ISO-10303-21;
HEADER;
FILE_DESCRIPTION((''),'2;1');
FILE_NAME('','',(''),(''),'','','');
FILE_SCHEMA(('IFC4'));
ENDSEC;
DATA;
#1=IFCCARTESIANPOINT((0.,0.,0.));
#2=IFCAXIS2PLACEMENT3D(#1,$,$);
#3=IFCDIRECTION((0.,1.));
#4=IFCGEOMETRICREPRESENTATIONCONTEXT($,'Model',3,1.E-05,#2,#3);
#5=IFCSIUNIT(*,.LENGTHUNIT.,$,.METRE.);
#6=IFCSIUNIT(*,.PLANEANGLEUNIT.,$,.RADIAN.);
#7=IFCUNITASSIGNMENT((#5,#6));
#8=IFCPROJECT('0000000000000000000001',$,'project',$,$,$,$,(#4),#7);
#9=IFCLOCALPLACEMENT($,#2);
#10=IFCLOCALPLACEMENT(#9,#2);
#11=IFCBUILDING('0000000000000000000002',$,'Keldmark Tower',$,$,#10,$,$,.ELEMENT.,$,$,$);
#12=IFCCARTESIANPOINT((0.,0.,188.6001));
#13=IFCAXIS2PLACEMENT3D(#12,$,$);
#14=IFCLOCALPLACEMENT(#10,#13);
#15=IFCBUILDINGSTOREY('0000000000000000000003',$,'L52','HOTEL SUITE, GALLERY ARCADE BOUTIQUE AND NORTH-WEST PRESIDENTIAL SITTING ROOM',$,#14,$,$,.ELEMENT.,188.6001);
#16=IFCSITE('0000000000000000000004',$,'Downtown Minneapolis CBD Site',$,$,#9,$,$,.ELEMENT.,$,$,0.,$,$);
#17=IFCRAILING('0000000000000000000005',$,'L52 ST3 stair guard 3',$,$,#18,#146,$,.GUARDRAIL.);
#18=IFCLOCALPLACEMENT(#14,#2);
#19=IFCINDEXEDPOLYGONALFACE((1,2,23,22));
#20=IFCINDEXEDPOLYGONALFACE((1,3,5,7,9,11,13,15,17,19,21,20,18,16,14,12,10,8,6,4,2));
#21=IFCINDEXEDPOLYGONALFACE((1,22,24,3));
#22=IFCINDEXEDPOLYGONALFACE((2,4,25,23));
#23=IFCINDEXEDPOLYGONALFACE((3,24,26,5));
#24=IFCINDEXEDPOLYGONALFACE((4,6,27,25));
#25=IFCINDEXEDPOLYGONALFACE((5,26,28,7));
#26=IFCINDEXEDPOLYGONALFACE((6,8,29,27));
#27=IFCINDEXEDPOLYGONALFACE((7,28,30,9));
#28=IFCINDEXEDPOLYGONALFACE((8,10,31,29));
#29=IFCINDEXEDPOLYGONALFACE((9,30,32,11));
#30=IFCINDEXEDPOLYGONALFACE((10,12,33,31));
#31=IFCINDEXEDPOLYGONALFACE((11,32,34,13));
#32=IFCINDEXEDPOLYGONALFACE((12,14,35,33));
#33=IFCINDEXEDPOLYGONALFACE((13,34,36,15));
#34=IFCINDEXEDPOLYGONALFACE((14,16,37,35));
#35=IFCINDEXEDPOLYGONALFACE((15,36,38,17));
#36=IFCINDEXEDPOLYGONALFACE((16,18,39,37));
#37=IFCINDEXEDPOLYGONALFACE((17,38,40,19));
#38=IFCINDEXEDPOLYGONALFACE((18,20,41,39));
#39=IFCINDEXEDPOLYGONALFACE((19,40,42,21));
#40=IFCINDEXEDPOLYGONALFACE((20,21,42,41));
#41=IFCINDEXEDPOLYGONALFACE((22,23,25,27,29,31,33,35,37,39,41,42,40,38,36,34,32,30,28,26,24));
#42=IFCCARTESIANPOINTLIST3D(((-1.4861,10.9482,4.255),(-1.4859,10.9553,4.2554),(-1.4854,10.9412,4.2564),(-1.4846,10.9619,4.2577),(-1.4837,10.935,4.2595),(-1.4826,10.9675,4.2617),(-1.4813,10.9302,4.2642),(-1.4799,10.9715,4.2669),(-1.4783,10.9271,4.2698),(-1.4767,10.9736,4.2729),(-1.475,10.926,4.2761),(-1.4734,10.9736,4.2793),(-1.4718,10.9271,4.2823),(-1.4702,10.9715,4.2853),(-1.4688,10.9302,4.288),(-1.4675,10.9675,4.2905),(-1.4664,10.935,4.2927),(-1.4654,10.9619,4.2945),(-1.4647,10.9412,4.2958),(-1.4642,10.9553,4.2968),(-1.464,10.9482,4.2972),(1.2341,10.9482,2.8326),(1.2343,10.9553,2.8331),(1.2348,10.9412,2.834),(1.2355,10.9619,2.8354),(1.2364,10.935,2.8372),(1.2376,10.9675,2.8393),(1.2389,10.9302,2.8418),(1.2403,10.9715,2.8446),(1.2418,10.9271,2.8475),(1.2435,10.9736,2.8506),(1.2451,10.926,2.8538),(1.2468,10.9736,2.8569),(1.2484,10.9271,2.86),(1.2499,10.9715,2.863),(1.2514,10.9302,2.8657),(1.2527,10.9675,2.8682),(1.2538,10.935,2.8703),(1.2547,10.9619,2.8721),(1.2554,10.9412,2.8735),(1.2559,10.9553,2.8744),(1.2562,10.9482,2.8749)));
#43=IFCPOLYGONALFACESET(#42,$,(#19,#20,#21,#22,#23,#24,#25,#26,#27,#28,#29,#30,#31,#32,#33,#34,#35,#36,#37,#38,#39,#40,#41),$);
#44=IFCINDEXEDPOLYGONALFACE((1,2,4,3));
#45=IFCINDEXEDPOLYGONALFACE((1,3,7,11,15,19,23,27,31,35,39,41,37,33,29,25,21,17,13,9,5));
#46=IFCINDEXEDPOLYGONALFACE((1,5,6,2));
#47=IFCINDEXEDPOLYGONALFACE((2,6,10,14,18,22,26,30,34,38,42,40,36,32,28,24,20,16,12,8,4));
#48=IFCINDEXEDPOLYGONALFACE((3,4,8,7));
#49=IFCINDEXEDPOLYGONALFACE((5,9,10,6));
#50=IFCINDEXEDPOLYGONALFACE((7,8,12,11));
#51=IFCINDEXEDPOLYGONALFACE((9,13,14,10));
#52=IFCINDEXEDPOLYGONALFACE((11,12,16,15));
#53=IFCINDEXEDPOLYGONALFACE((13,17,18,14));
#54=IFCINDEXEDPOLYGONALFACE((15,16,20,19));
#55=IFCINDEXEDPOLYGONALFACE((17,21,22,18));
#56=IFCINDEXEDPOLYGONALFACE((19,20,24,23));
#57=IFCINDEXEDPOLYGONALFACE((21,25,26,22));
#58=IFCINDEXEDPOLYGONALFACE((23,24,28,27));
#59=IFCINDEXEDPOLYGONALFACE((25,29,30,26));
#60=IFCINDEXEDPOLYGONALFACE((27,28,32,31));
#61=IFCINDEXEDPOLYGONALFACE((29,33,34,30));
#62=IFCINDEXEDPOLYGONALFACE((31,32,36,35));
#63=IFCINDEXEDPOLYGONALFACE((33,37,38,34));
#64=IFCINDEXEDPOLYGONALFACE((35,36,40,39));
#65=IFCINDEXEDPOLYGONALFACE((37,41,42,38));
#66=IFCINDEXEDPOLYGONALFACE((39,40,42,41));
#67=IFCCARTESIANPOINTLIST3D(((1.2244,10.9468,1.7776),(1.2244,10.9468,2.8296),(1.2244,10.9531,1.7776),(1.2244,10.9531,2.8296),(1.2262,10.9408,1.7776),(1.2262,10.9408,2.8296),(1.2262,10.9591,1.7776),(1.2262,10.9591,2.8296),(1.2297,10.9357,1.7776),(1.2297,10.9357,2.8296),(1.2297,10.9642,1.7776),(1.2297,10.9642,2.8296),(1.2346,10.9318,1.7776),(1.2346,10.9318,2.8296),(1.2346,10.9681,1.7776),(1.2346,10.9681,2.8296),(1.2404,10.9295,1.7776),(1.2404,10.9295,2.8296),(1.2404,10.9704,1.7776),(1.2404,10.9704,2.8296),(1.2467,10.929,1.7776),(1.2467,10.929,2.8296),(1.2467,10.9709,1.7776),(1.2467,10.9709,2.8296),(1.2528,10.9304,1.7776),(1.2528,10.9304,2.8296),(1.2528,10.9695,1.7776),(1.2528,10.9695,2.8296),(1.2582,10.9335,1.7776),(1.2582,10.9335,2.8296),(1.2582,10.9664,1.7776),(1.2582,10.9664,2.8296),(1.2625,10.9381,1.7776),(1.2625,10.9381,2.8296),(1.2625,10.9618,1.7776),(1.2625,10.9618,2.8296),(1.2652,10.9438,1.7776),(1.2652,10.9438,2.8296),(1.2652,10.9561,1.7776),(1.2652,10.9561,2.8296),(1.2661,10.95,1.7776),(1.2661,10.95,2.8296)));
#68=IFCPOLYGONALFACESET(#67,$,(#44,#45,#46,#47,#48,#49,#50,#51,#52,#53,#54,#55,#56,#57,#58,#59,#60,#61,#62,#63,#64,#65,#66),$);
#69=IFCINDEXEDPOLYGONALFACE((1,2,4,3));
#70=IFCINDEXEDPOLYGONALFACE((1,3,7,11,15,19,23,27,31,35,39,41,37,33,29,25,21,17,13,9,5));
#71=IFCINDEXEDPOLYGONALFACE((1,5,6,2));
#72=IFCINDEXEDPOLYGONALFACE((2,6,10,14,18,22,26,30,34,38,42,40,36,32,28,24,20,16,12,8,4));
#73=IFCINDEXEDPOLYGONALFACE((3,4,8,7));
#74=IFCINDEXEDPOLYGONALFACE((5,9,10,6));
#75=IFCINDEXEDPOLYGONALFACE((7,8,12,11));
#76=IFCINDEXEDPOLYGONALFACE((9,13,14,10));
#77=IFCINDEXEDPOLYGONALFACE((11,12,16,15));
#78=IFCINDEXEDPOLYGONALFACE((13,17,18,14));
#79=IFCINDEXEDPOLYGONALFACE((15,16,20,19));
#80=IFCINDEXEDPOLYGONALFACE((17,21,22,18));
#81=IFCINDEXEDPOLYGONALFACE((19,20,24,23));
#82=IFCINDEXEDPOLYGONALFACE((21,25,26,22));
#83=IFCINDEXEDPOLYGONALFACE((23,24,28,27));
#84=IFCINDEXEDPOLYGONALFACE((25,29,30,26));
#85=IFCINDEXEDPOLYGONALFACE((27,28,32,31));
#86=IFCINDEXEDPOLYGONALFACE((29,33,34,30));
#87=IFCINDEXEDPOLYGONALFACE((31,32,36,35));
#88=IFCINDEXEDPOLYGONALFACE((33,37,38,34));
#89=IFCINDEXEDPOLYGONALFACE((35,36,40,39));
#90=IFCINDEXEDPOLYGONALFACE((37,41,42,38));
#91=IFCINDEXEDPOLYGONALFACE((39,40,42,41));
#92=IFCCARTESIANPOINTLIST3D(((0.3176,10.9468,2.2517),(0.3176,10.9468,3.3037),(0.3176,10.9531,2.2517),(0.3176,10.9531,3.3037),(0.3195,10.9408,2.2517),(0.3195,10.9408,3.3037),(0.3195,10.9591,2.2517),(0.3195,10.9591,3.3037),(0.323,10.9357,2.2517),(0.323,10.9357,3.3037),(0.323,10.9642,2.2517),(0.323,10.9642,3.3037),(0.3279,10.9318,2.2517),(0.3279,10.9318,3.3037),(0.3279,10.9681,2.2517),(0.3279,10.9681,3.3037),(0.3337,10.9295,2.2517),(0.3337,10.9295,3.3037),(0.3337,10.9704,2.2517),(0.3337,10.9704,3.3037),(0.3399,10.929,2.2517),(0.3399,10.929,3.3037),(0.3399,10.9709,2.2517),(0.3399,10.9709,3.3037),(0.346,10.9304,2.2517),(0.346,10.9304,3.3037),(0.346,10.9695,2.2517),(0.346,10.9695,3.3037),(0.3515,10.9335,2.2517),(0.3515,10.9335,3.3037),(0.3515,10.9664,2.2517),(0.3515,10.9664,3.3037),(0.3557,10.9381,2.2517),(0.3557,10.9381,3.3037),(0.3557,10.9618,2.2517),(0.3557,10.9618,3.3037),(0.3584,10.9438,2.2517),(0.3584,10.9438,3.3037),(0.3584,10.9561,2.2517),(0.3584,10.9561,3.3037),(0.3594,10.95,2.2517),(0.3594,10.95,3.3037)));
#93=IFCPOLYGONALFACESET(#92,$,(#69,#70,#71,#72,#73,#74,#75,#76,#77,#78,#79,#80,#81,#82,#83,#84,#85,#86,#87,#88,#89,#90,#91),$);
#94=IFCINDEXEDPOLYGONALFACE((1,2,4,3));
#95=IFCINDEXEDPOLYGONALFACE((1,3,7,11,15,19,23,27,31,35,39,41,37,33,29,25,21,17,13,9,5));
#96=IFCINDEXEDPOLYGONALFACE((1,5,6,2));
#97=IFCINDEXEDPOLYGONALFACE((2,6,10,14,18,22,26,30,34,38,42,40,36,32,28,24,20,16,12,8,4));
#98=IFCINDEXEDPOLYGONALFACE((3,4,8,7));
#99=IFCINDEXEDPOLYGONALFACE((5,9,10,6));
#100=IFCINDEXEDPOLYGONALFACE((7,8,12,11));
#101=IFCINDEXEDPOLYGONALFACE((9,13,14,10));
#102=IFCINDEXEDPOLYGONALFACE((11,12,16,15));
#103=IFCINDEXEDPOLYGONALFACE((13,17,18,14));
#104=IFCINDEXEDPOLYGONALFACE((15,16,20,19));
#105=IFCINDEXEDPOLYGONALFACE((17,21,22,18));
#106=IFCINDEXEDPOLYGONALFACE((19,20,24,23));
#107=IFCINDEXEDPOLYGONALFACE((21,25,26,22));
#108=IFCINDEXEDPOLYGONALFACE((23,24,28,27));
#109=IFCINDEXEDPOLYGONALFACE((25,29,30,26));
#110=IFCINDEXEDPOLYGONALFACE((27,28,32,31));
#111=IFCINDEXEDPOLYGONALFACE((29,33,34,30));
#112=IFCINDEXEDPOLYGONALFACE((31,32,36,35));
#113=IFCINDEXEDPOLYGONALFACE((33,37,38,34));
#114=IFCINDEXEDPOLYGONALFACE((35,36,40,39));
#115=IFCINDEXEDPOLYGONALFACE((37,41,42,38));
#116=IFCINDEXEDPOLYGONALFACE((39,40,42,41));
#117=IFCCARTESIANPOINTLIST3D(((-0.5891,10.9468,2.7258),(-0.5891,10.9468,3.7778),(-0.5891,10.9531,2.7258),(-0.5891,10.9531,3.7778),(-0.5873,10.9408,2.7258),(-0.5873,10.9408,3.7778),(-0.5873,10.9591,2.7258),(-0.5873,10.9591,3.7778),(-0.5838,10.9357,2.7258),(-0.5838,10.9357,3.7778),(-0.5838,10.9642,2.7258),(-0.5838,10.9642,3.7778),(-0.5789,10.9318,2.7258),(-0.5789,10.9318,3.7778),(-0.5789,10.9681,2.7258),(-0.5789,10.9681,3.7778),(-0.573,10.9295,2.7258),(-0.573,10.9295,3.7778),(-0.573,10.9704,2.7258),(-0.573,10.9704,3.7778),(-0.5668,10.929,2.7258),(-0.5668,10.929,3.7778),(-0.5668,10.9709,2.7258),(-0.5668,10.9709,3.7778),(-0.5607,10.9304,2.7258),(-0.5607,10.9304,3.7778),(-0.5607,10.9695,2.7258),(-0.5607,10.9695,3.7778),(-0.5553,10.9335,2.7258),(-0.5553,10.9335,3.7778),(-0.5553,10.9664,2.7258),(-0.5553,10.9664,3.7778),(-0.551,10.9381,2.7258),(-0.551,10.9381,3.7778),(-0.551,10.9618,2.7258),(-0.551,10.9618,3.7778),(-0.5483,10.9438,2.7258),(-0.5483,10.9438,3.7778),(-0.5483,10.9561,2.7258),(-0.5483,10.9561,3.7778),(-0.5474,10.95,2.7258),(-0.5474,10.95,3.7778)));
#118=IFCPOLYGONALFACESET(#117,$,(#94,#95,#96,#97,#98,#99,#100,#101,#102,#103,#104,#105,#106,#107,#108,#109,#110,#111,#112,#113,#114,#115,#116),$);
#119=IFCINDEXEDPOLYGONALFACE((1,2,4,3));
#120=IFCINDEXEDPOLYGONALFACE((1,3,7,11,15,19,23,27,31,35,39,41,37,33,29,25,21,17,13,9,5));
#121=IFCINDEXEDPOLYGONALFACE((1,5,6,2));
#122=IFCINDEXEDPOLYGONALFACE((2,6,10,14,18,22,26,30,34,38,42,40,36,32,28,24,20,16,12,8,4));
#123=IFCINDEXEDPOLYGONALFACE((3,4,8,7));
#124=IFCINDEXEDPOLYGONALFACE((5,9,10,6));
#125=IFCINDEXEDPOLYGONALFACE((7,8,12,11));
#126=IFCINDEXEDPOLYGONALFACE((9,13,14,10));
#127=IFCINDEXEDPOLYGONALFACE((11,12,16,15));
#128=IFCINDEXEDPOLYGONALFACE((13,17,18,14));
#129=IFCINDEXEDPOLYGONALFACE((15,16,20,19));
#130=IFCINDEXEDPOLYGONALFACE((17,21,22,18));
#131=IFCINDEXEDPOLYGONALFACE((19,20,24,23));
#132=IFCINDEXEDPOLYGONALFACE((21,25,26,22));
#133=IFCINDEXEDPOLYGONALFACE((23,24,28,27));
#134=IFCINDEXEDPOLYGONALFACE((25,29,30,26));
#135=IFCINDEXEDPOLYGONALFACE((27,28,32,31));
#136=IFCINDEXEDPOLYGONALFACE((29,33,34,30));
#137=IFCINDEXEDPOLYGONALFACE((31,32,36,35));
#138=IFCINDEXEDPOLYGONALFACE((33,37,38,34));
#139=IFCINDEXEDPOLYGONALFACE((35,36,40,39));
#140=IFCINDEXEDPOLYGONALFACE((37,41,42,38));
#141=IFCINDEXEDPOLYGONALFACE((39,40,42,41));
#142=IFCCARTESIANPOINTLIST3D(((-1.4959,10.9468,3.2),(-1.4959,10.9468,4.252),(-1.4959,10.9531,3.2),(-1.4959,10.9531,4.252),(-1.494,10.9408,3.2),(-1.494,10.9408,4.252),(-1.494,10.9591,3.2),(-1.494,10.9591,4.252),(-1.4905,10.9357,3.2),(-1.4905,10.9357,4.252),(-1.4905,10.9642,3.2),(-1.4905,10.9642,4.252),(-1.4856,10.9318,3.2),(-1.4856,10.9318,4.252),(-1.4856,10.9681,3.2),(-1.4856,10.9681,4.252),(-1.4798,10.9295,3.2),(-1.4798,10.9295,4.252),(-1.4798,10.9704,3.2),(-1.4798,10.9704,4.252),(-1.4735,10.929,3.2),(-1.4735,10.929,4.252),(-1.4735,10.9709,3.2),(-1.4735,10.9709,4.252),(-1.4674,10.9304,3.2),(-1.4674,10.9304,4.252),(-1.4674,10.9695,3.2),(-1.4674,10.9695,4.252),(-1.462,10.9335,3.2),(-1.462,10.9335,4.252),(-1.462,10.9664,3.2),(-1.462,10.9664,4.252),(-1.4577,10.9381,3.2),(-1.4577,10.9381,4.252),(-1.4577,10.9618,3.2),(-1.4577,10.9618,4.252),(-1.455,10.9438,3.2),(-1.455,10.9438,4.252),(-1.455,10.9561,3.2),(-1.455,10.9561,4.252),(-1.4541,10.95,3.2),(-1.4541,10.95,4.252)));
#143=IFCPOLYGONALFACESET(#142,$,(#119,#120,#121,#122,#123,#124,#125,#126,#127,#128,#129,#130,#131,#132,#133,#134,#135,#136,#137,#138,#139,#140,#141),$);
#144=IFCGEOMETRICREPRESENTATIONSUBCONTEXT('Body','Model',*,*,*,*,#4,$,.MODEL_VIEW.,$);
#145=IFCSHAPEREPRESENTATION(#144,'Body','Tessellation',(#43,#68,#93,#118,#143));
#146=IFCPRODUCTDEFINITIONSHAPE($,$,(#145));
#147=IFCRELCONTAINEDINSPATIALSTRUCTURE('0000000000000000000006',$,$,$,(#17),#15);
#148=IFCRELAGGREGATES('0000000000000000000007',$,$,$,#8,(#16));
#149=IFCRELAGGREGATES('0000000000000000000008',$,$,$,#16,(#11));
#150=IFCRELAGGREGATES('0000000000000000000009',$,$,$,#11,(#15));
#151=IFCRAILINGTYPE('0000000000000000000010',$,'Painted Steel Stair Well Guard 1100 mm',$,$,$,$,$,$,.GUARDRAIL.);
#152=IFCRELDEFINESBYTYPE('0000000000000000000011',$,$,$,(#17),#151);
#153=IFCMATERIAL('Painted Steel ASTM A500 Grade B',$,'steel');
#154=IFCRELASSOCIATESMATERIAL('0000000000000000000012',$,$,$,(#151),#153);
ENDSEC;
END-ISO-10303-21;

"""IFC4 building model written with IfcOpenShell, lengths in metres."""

from ifc_helpers import new_model, si_unit, direction, frame, origin, origin_2d, place, context, subcontext, project, spatial, circle, extrude, material, type_object, element, save


model = new_model("IFC4")

# Units and contexts
model_context = context("Model", 3, precision=1e-05, world=origin(), true_north=direction((0.0, 1.0)))
body_context = subcontext(model_context, "Body", "Model", "MODEL_VIEW")
ifc_project = project(units=[si_unit("LENGTHUNIT", "METRE"), si_unit("PLANEANGLEUNIT", "RADIAN")], contexts=[model_context])

# Site, building, storey
site_placement = place(None, origin())
site = spatial("IfcSite", under=ifc_project, at=site_placement, Name="Downtown Minneapolis CBD Site", CompositionType="ELEMENT", RefElevation=0.0)
building_placement = place(site_placement, origin())
building = spatial("IfcBuilding", under=site, at=building_placement, Name="Keldmark Tower", CompositionType="ELEMENT")
storey_placement = place(building_placement, frame((0.0, 0.0, 188.6001)))
storey = spatial("IfcBuildingStorey", under=building, at=storey_placement, Name="L52", Description="HOTEL SUITE, GALLERY ARCADE BOUTIQUE AND NORTH-WEST PRESIDENTIAL SITTING ROOM", CompositionType="ELEMENT", Elevation=188.6001)

# Railing
ifc_material_1 = material(Name="Painted Steel ASTM A500 Grade B", Category="steel")
railing_type_1 = type_object("IfcRailingType", Name="Painted Steel Stair Well Guard 1100 mm", PredefinedType="GUARDRAIL", material=ifc_material_1)
railing_1_placement = place(storey_placement, frame((1.2451, 10.95, 1.7776)))
element("IfcRailing", 1, at=railing_1_placement, inside=storey, type_object=railing_type_1, Name="L52 ST3 stair guard 3", PredefinedType="GUARDRAIL", context=body_context, shape_type="SweptSolid", body=[
    extrude(circle(Radius=0.0239, at=origin_2d()), frame((0.0, 0.0, 1.0762), z_axis=(-0.886168, 0.0, 0.463365), x_axis=(0.0, -1.0, 0.0)), (0.0, 0.0, 1.0), 3.0696),
    extrude(circle(Radius=0.021, at=origin_2d()), origin(), (0.0, 0.0, 1.0), 1.052),
    extrude(circle(Radius=0.021, at=origin_2d()), frame((-0.9067, 0.0, 0.4741)), (0.0, 0.0, 1.0), 1.052),
    extrude(circle(Radius=0.021, at=origin_2d()), frame((-1.8135, 0.0, 0.9482)), (0.0, 0.0, 1.0), 1.052),
    extrude(circle(Radius=0.021, at=origin_2d()), frame((-2.7202, 0.0, 1.4224)), (0.0, 0.0, 1.0), 1.052),
])

save(model, "model.ifc")
